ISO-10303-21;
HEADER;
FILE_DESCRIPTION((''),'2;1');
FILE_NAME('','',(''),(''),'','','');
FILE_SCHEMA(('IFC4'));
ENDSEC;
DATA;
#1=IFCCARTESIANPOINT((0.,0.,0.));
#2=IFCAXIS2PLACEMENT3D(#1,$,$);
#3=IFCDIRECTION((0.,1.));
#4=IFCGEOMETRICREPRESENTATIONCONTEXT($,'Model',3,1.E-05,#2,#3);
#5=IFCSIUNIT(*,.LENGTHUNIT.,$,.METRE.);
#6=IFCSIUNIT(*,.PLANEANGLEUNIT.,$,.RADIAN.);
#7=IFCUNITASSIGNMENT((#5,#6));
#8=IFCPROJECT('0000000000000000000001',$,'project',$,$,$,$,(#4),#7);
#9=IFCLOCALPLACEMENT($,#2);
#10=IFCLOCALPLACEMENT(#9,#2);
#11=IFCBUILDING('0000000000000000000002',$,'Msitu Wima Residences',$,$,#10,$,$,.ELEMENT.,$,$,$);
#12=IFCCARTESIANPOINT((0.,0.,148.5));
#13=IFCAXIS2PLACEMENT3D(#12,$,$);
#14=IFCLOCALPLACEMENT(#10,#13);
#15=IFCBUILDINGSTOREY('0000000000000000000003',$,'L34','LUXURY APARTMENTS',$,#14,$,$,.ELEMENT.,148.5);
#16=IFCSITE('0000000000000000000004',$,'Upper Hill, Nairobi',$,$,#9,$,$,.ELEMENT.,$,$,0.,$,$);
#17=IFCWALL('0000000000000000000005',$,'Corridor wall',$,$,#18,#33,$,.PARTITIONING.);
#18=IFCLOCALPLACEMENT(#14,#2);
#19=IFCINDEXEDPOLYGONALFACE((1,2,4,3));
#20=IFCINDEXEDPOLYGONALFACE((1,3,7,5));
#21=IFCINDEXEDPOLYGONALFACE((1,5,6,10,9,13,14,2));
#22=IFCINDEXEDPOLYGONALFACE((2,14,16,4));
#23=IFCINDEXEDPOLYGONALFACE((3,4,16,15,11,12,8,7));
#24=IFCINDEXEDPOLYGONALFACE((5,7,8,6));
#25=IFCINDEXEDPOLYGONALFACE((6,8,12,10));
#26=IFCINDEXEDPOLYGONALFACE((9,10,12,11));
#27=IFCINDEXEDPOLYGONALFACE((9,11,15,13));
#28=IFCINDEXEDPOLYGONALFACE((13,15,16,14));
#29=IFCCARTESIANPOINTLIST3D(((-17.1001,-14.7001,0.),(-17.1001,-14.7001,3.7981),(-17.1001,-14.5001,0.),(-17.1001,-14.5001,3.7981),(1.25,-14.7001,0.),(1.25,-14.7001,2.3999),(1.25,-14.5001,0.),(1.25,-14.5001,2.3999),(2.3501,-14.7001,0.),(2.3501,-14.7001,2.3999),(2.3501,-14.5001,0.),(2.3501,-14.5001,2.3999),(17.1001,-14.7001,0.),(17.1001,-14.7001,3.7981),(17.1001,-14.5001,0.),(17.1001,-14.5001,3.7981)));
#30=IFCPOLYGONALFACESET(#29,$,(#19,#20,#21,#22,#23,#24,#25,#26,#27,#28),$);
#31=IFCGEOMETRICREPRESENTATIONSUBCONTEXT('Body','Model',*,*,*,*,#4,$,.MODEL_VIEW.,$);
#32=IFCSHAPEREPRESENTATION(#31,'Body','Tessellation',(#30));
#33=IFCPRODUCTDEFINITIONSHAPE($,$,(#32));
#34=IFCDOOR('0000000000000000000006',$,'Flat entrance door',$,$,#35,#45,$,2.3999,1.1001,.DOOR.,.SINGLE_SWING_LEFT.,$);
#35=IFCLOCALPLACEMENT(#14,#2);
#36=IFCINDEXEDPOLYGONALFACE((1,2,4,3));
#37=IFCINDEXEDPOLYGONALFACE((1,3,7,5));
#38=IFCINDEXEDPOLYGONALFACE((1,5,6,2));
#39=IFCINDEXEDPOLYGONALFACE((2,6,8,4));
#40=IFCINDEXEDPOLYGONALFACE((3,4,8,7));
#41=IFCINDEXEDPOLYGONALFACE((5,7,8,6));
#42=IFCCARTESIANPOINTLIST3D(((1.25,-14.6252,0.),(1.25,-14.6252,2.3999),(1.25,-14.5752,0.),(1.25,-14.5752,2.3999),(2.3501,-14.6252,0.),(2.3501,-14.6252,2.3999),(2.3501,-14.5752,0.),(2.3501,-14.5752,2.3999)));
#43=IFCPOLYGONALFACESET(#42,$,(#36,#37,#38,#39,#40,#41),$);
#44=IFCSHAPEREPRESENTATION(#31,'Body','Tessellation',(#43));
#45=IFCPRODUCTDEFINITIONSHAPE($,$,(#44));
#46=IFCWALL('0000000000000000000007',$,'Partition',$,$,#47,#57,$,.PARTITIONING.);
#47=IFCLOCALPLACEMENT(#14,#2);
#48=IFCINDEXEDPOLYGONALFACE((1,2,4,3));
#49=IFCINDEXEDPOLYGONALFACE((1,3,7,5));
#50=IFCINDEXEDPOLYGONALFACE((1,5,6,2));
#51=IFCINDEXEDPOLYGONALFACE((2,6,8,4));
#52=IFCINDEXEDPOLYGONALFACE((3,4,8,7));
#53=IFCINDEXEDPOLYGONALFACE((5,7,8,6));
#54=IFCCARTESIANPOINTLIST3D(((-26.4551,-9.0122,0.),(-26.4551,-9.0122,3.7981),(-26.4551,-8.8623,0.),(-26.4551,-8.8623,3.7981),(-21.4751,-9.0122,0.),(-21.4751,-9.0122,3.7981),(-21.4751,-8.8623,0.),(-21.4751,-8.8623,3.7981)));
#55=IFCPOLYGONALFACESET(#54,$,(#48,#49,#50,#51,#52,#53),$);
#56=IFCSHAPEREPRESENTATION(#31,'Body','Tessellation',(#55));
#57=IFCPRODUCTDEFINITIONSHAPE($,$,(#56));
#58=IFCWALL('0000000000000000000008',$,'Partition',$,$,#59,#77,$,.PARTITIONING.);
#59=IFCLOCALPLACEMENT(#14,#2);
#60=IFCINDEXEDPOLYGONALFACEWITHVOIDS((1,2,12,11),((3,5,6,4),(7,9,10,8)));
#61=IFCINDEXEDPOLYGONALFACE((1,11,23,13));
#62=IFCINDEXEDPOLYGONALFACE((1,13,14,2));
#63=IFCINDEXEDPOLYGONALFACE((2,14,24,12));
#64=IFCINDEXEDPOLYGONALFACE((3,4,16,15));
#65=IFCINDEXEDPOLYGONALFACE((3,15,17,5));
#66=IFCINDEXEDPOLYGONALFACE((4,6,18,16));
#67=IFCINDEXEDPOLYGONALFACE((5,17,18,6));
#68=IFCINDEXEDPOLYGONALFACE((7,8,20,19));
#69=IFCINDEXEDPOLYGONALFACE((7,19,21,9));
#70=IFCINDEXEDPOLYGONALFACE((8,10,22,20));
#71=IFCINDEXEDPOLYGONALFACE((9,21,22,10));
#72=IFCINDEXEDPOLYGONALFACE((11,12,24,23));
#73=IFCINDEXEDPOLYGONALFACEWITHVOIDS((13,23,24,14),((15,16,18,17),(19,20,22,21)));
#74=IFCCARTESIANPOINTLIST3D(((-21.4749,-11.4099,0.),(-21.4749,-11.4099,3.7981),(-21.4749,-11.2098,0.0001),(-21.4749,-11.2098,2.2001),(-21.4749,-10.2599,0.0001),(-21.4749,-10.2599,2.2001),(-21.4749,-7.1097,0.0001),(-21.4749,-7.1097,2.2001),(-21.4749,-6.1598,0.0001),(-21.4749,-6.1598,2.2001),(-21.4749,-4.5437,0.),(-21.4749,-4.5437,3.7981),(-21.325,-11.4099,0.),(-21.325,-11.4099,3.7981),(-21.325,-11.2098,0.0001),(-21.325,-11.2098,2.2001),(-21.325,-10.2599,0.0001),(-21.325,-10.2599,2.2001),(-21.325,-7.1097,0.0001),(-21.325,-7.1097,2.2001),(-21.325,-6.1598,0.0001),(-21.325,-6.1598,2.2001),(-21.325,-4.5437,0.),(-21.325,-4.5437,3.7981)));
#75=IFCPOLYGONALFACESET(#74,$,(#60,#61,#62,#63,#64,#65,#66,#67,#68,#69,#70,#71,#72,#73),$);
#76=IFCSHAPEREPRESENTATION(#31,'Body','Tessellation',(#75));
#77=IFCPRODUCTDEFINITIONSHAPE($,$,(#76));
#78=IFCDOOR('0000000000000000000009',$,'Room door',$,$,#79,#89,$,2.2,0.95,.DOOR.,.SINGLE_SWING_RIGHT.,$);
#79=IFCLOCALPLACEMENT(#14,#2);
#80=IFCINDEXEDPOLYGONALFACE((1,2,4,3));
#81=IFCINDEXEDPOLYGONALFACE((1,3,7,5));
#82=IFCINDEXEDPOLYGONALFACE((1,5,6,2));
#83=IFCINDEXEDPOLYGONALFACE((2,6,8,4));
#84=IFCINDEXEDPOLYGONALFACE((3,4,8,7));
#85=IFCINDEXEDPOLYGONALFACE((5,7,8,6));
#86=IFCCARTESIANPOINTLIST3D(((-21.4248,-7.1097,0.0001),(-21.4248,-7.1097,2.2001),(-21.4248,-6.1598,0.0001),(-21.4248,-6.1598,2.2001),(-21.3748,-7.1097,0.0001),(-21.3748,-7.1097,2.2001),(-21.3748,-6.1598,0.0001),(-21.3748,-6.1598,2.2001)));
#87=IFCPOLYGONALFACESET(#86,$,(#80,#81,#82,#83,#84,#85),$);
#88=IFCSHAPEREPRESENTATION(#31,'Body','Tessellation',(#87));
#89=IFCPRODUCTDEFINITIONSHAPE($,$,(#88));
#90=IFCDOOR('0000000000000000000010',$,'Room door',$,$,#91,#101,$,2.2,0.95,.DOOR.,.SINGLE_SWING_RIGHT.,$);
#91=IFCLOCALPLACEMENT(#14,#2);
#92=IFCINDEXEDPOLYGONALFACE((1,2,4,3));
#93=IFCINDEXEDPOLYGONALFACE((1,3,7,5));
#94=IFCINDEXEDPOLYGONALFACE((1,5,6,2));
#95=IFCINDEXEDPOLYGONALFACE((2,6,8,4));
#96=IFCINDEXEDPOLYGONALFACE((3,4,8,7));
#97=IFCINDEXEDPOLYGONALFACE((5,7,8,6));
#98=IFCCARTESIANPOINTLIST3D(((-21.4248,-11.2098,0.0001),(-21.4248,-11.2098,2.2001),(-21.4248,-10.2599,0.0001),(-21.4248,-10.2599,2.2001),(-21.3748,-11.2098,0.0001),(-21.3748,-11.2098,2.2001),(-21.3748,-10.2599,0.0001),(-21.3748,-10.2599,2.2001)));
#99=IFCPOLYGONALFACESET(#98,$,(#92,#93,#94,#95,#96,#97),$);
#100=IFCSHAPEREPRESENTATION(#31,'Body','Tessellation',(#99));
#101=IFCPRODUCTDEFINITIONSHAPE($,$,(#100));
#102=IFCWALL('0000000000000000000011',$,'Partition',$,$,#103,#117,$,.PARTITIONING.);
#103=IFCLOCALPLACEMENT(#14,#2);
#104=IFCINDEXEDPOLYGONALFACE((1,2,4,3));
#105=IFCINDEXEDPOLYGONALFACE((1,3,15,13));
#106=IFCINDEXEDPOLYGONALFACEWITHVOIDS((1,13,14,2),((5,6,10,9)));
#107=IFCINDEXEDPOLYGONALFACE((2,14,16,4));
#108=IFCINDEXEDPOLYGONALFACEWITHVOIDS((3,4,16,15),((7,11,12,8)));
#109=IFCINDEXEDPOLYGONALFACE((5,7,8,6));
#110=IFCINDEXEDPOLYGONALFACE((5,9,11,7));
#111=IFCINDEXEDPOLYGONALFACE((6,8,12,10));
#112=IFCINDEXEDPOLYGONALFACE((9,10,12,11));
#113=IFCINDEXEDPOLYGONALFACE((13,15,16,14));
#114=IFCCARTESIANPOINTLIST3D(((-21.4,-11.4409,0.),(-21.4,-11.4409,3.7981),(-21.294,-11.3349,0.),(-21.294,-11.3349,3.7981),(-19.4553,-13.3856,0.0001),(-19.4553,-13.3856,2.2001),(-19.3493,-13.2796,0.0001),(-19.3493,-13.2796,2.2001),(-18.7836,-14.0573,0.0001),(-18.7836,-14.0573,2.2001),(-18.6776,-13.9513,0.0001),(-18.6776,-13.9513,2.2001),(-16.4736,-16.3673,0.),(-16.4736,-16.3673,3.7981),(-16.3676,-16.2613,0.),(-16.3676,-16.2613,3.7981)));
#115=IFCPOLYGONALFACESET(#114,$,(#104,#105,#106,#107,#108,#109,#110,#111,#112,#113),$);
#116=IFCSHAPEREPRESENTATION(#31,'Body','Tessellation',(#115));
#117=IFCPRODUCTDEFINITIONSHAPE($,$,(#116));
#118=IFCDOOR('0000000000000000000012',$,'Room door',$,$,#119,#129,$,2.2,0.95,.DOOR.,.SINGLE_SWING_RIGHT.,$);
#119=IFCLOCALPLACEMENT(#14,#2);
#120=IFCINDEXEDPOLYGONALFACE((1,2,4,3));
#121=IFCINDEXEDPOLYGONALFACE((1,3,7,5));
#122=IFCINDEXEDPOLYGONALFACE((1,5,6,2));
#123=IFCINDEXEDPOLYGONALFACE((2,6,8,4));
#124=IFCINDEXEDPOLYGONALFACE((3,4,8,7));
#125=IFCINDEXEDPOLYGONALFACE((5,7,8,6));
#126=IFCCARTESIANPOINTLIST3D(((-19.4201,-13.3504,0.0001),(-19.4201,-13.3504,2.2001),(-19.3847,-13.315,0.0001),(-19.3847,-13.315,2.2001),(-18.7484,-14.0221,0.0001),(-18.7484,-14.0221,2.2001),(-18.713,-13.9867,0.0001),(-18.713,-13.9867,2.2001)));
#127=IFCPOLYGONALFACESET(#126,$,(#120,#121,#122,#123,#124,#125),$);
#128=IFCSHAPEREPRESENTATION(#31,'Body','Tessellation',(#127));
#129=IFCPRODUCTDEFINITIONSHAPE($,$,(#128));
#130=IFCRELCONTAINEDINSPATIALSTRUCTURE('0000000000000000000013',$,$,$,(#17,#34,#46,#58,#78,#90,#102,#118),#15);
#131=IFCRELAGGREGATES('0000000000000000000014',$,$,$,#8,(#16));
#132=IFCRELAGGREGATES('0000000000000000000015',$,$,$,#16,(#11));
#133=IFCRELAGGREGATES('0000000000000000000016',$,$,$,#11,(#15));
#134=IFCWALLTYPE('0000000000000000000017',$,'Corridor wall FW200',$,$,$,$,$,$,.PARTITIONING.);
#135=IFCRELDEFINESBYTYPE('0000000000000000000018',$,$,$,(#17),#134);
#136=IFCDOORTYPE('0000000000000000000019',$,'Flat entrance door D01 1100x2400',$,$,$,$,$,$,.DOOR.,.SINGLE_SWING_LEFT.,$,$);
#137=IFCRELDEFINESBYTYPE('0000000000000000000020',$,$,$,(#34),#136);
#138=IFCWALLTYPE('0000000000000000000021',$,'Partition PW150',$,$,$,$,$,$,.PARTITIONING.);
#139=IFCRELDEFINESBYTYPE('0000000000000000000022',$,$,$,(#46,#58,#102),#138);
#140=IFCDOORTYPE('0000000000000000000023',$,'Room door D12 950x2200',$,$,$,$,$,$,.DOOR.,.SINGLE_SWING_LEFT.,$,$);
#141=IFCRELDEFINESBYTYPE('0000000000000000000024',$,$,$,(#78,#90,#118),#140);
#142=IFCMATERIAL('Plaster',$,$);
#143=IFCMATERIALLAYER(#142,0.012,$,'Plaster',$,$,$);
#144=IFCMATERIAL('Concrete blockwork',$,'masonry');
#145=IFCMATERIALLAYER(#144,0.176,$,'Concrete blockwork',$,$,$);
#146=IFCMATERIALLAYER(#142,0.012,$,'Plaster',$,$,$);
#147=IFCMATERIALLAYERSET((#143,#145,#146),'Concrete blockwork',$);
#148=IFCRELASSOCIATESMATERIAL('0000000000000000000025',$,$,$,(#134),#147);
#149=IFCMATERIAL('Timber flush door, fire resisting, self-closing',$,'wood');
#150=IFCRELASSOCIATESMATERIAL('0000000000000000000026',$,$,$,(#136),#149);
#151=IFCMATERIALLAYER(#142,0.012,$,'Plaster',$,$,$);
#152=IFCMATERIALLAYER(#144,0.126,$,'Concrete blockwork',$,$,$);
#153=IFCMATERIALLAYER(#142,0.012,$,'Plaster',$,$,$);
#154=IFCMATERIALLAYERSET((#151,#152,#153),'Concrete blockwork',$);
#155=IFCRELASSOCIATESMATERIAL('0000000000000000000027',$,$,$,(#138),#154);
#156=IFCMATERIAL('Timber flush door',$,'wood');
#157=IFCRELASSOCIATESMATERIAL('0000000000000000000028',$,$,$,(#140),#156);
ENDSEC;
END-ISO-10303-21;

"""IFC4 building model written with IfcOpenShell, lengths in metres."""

from ifc_helpers import new_model, si_unit, direction, frame, frame_2d, origin, place, context, subcontext, project, spatial, rectangle, extrude, material, layer, layer_set, type_object, element, fill, save


model = new_model("IFC4")

# Units and contexts
model_context = context("Model", 3, precision=1e-05, world=origin(), true_north=direction((0.0, 1.0)))
body_context = subcontext(model_context, "Body", "Model", "MODEL_VIEW")
ifc_project = project(units=[si_unit("LENGTHUNIT", "METRE"), si_unit("PLANEANGLEUNIT", "RADIAN")], contexts=[model_context])

# Site, building, storey
site_placement = place(None, origin())
site = spatial("IfcSite", under=ifc_project, at=site_placement, Name="Upper Hill, Nairobi", CompositionType="ELEMENT", RefElevation=0.0)
building_placement = place(site_placement, origin())
building = spatial("IfcBuilding", under=site, at=building_placement, Name="Msitu Wima Residences", CompositionType="ELEMENT")
storey_placement = place(building_placement, frame((0.0, 0.0, 148.5)))
storey = spatial("IfcBuildingStorey", under=building, at=storey_placement, Name="L34", Description="LUXURY APARTMENTS", CompositionType="ELEMENT", Elevation=148.5)

# Wall, opening, door
ifc_material_1 = material(Name="Plaster")
ifc_layer_1 = layer(ifc_material_1, 0.012, Name="Plaster")
ifc_material_2 = material(Name="Concrete blockwork", Category="masonry")
ifc_layer_2 = layer(ifc_material_2, 0.176, Name="Concrete blockwork")
ifc_layer_3 = layer(ifc_material_1, 0.012, Name="Plaster")
ifc_layer_set_1 = layer_set([ifc_layer_1, ifc_layer_2, ifc_layer_3], Name="Concrete blockwork")
wall_type_1 = type_object("IfcWallType", Name="Corridor wall FW200", PredefinedType="PARTITIONING", material=ifc_layer_set_1)
ifc_material_3 = material(Name="Timber flush door, fire resisting, self-closing", Category="wood")
door_type_1 = type_object("IfcDoorType", Name="Flat entrance door D01 1100x2400", OperationType="SINGLE_SWING_LEFT", PredefinedType="DOOR", material=ifc_material_3)
wall_1_placement = place(storey_placement, frame((-17.1001, -14.6001, 0.0), z_axis=(0.0, 0.0, 1.0), x_axis=(1.0, 0.0, 0.0)))
wall_1 = element("IfcWall", 1, at=wall_1_placement, inside=storey, type_object=wall_type_1, Name="Corridor wall", PredefinedType="PARTITIONING", context=body_context, shape_type="SweptSolid", body=[
    extrude(rectangle(XDim=34.2002, YDim=0.2, at=frame_2d((17.1001, 0.0))), origin(), (0.0, 0.0, 1.0), 3.7981),
])
opening_1_placement = place(wall_1_placement, frame((18.3501, 0.0, 0.0)))
opening_1 = element("IfcOpeningElement", 2, at=opening_1_placement, cuts=wall_1, PredefinedType="OPENING", context=body_context, shape_type="SweptSolid", body=[
    extrude(rectangle(XDim=1.1001, YDim=2.3999, at=frame_2d((0.55, 1.2))), frame((0.0, 0.1099, 0.0), z_axis=(0.0, -1.0, 0.0), x_axis=(1.0, 0.0, 0.0)), (0.0, 0.0, 1.0), 0.22),
])
door_1_placement = place(opening_1_placement, origin())
door_1 = element("IfcDoor", 3, at=door_1_placement, inside=storey, type_object=door_type_1, Name="Flat entrance door", OperationType="SINGLE_SWING_LEFT", OverallHeight=2.3999, OverallWidth=1.1001, PredefinedType="DOOR", context=body_context, shape_type="SweptSolid", body=[
    extrude(rectangle(XDim=1.1001, YDim=2.3999, at=frame_2d((0.55, 1.2))), frame((0.0, 0.0249, 0.0), z_axis=(0.0, -1.0, 0.0), x_axis=(1.0, 0.0, 0.0)), (0.0, 0.0, 1.0), 0.05),
])
fill(opening_1, door_1)

# Wall
ifc_layer_4 = layer(ifc_material_1, 0.012, Name="Plaster")
ifc_layer_5 = layer(ifc_material_2, 0.126, Name="Concrete blockwork")
ifc_layer_6 = layer(ifc_material_1, 0.012, Name="Plaster")
ifc_layer_set_2 = layer_set([ifc_layer_4, ifc_layer_5, ifc_layer_6], Name="Concrete blockwork")
wall_type_2 = type_object("IfcWallType", Name="Partition PW150", PredefinedType="PARTITIONING", material=ifc_layer_set_2)
wall_2_placement = place(storey_placement, frame((-26.4551, -8.9373, 0.0), z_axis=(0.0, 0.0, 1.0), x_axis=(1.0, 0.0, 0.0)))
element("IfcWall", 4, at=wall_2_placement, inside=storey, type_object=wall_type_2, Name="Partition", PredefinedType="PARTITIONING", context=body_context, shape_type="SweptSolid", body=[
    extrude(rectangle(XDim=4.98, YDim=0.1499, at=frame_2d((2.49, 0.0))), origin(), (0.0, 0.0, 1.0), 3.7981),
])

# Wall, openings, doors
wall_3_placement = place(storey_placement, frame((-21.3999, -11.4099, 0.0), z_axis=(0.0, 0.0, 1.0), x_axis=(0.0, 1.0, 0.0)))
wall_3 = element("IfcWall", 5, at=wall_3_placement, inside=storey, type_object=wall_type_2, Name="Partition", PredefinedType="PARTITIONING", context=body_context, shape_type="SweptSolid", body=[
    extrude(rectangle(XDim=6.8662, YDim=0.1499, at=frame_2d((3.4331, 0.0))), origin(), (0.0, 0.0, 1.0), 3.7981),
])
opening_2_placement = place(wall_3_placement, frame((4.3, 0.0, 0.0)))
opening_2 = element("IfcOpeningElement", 6, at=opening_2_placement, cuts=wall_3, PredefinedType="OPENING", context=body_context, shape_type="SweptSolid", body=[
    extrude(rectangle(XDim=0.95, YDim=2.2, at=frame_2d((0.4751, 1.1001))), frame((0.0, 0.085, 0.0), z_axis=(0.0, -1.0, 0.0), x_axis=(1.0, 0.0, 0.0)), (0.0, 0.0, 1.0), 0.1699),
])
opening_3_placement = place(wall_3_placement, frame((0.2, 0.0, 0.0)))
opening_3 = element("IfcOpeningElement", 7, at=opening_3_placement, cuts=wall_3, PredefinedType="OPENING", context=body_context, shape_type="SweptSolid", body=[
    extrude(rectangle(XDim=0.95, YDim=2.2, at=frame_2d((0.4751, 1.1001))), frame((0.0, 0.085, 0.0), z_axis=(0.0, -1.0, 0.0), x_axis=(1.0, 0.0, 0.0)), (0.0, 0.0, 1.0), 0.1699),
])
ifc_material_4 = material(Name="Timber flush door", Category="wood")
door_type_2 = type_object("IfcDoorType", Name="Room door D12 950x2200", OperationType="SINGLE_SWING_LEFT", PredefinedType="DOOR", material=ifc_material_4)
door_2_placement = place(opening_2_placement, origin())
door_2 = element("IfcDoor", 8, at=door_2_placement, inside=storey, type_object=door_type_2, Name="Room door", OperationType="SINGLE_SWING_RIGHT", OverallHeight=2.2, OverallWidth=0.95, PredefinedType="DOOR", context=body_context, shape_type="SweptSolid", body=[
    extrude(rectangle(XDim=0.95, YDim=2.2, at=frame_2d((0.4751, 1.1001))), frame((0.0, 0.0249, 0.0), z_axis=(0.0, -1.0, 0.0), x_axis=(1.0, 0.0, 0.0)), (0.0, 0.0, 1.0), 0.05),
])
fill(opening_2, door_2)
door_3_placement = place(opening_3_placement, origin())
door_3 = element("IfcDoor", 9, at=door_3_placement, inside=storey, type_object=door_type_2, Name="Room door", OperationType="SINGLE_SWING_RIGHT", OverallHeight=2.2, OverallWidth=0.95, PredefinedType="DOOR", context=body_context, shape_type="SweptSolid", body=[
    extrude(rectangle(XDim=0.95, YDim=2.2, at=frame_2d((0.4751, 1.1001))), frame((0.0, 0.0249, 0.0), z_axis=(0.0, -1.0, 0.0), x_axis=(1.0, 0.0, 0.0)), (0.0, 0.0, 1.0), 0.05),
])
fill(opening_3, door_3)

# Wall, opening, door
wall_4_placement = place(storey_placement, frame((-21.3469, -11.3879, 0.0), z_axis=(0.0, 0.0, 1.0), x_axis=(0.707107, -0.707107, 0.0)))
wall_4 = element("IfcWall", 10, at=wall_4_placement, inside=storey, type_object=wall_type_2, Name="Partition", PredefinedType="PARTITIONING", context=body_context, shape_type="SweptSolid", body=[
    extrude(rectangle(XDim=6.967, YDim=0.1499, at=frame_2d((3.4834, 0.0))), origin(), (0.0, 0.0, 1.0), 3.7981),
])
opening_4_placement = place(wall_4_placement, frame((2.75, 0.0, 0.0)))
opening_4 = element("IfcOpeningElement", 11, at=opening_4_placement, cuts=wall_4, PredefinedType="OPENING", context=body_context, shape_type="SweptSolid", body=[
    extrude(rectangle(XDim=0.95, YDim=2.2, at=frame_2d((0.4751, 1.1001))), frame((0.0, 0.085, 0.0), z_axis=(0.0, -1.0, 0.0), x_axis=(1.0, 0.0, 0.0)), (0.0, 0.0, 1.0), 0.1699),
])
door_4_placement = place(opening_4_placement, origin())
door_4 = element("IfcDoor", 12, at=door_4_placement, inside=storey, type_object=door_type_2, Name="Room door", OperationType="SINGLE_SWING_RIGHT", OverallHeight=2.2, OverallWidth=0.95, PredefinedType="DOOR", context=body_context, shape_type="SweptSolid", body=[
    extrude(rectangle(XDim=0.95, YDim=2.2, at=frame_2d((0.4751, 1.1001))), frame((0.0, 0.0249, 0.0), z_axis=(0.0, -1.0, 0.0), x_axis=(1.0, 0.0, 0.0)), (0.0, 0.0, 1.0), 0.05),
])
fill(opening_4, door_4)

save(model, "model.ifc")
